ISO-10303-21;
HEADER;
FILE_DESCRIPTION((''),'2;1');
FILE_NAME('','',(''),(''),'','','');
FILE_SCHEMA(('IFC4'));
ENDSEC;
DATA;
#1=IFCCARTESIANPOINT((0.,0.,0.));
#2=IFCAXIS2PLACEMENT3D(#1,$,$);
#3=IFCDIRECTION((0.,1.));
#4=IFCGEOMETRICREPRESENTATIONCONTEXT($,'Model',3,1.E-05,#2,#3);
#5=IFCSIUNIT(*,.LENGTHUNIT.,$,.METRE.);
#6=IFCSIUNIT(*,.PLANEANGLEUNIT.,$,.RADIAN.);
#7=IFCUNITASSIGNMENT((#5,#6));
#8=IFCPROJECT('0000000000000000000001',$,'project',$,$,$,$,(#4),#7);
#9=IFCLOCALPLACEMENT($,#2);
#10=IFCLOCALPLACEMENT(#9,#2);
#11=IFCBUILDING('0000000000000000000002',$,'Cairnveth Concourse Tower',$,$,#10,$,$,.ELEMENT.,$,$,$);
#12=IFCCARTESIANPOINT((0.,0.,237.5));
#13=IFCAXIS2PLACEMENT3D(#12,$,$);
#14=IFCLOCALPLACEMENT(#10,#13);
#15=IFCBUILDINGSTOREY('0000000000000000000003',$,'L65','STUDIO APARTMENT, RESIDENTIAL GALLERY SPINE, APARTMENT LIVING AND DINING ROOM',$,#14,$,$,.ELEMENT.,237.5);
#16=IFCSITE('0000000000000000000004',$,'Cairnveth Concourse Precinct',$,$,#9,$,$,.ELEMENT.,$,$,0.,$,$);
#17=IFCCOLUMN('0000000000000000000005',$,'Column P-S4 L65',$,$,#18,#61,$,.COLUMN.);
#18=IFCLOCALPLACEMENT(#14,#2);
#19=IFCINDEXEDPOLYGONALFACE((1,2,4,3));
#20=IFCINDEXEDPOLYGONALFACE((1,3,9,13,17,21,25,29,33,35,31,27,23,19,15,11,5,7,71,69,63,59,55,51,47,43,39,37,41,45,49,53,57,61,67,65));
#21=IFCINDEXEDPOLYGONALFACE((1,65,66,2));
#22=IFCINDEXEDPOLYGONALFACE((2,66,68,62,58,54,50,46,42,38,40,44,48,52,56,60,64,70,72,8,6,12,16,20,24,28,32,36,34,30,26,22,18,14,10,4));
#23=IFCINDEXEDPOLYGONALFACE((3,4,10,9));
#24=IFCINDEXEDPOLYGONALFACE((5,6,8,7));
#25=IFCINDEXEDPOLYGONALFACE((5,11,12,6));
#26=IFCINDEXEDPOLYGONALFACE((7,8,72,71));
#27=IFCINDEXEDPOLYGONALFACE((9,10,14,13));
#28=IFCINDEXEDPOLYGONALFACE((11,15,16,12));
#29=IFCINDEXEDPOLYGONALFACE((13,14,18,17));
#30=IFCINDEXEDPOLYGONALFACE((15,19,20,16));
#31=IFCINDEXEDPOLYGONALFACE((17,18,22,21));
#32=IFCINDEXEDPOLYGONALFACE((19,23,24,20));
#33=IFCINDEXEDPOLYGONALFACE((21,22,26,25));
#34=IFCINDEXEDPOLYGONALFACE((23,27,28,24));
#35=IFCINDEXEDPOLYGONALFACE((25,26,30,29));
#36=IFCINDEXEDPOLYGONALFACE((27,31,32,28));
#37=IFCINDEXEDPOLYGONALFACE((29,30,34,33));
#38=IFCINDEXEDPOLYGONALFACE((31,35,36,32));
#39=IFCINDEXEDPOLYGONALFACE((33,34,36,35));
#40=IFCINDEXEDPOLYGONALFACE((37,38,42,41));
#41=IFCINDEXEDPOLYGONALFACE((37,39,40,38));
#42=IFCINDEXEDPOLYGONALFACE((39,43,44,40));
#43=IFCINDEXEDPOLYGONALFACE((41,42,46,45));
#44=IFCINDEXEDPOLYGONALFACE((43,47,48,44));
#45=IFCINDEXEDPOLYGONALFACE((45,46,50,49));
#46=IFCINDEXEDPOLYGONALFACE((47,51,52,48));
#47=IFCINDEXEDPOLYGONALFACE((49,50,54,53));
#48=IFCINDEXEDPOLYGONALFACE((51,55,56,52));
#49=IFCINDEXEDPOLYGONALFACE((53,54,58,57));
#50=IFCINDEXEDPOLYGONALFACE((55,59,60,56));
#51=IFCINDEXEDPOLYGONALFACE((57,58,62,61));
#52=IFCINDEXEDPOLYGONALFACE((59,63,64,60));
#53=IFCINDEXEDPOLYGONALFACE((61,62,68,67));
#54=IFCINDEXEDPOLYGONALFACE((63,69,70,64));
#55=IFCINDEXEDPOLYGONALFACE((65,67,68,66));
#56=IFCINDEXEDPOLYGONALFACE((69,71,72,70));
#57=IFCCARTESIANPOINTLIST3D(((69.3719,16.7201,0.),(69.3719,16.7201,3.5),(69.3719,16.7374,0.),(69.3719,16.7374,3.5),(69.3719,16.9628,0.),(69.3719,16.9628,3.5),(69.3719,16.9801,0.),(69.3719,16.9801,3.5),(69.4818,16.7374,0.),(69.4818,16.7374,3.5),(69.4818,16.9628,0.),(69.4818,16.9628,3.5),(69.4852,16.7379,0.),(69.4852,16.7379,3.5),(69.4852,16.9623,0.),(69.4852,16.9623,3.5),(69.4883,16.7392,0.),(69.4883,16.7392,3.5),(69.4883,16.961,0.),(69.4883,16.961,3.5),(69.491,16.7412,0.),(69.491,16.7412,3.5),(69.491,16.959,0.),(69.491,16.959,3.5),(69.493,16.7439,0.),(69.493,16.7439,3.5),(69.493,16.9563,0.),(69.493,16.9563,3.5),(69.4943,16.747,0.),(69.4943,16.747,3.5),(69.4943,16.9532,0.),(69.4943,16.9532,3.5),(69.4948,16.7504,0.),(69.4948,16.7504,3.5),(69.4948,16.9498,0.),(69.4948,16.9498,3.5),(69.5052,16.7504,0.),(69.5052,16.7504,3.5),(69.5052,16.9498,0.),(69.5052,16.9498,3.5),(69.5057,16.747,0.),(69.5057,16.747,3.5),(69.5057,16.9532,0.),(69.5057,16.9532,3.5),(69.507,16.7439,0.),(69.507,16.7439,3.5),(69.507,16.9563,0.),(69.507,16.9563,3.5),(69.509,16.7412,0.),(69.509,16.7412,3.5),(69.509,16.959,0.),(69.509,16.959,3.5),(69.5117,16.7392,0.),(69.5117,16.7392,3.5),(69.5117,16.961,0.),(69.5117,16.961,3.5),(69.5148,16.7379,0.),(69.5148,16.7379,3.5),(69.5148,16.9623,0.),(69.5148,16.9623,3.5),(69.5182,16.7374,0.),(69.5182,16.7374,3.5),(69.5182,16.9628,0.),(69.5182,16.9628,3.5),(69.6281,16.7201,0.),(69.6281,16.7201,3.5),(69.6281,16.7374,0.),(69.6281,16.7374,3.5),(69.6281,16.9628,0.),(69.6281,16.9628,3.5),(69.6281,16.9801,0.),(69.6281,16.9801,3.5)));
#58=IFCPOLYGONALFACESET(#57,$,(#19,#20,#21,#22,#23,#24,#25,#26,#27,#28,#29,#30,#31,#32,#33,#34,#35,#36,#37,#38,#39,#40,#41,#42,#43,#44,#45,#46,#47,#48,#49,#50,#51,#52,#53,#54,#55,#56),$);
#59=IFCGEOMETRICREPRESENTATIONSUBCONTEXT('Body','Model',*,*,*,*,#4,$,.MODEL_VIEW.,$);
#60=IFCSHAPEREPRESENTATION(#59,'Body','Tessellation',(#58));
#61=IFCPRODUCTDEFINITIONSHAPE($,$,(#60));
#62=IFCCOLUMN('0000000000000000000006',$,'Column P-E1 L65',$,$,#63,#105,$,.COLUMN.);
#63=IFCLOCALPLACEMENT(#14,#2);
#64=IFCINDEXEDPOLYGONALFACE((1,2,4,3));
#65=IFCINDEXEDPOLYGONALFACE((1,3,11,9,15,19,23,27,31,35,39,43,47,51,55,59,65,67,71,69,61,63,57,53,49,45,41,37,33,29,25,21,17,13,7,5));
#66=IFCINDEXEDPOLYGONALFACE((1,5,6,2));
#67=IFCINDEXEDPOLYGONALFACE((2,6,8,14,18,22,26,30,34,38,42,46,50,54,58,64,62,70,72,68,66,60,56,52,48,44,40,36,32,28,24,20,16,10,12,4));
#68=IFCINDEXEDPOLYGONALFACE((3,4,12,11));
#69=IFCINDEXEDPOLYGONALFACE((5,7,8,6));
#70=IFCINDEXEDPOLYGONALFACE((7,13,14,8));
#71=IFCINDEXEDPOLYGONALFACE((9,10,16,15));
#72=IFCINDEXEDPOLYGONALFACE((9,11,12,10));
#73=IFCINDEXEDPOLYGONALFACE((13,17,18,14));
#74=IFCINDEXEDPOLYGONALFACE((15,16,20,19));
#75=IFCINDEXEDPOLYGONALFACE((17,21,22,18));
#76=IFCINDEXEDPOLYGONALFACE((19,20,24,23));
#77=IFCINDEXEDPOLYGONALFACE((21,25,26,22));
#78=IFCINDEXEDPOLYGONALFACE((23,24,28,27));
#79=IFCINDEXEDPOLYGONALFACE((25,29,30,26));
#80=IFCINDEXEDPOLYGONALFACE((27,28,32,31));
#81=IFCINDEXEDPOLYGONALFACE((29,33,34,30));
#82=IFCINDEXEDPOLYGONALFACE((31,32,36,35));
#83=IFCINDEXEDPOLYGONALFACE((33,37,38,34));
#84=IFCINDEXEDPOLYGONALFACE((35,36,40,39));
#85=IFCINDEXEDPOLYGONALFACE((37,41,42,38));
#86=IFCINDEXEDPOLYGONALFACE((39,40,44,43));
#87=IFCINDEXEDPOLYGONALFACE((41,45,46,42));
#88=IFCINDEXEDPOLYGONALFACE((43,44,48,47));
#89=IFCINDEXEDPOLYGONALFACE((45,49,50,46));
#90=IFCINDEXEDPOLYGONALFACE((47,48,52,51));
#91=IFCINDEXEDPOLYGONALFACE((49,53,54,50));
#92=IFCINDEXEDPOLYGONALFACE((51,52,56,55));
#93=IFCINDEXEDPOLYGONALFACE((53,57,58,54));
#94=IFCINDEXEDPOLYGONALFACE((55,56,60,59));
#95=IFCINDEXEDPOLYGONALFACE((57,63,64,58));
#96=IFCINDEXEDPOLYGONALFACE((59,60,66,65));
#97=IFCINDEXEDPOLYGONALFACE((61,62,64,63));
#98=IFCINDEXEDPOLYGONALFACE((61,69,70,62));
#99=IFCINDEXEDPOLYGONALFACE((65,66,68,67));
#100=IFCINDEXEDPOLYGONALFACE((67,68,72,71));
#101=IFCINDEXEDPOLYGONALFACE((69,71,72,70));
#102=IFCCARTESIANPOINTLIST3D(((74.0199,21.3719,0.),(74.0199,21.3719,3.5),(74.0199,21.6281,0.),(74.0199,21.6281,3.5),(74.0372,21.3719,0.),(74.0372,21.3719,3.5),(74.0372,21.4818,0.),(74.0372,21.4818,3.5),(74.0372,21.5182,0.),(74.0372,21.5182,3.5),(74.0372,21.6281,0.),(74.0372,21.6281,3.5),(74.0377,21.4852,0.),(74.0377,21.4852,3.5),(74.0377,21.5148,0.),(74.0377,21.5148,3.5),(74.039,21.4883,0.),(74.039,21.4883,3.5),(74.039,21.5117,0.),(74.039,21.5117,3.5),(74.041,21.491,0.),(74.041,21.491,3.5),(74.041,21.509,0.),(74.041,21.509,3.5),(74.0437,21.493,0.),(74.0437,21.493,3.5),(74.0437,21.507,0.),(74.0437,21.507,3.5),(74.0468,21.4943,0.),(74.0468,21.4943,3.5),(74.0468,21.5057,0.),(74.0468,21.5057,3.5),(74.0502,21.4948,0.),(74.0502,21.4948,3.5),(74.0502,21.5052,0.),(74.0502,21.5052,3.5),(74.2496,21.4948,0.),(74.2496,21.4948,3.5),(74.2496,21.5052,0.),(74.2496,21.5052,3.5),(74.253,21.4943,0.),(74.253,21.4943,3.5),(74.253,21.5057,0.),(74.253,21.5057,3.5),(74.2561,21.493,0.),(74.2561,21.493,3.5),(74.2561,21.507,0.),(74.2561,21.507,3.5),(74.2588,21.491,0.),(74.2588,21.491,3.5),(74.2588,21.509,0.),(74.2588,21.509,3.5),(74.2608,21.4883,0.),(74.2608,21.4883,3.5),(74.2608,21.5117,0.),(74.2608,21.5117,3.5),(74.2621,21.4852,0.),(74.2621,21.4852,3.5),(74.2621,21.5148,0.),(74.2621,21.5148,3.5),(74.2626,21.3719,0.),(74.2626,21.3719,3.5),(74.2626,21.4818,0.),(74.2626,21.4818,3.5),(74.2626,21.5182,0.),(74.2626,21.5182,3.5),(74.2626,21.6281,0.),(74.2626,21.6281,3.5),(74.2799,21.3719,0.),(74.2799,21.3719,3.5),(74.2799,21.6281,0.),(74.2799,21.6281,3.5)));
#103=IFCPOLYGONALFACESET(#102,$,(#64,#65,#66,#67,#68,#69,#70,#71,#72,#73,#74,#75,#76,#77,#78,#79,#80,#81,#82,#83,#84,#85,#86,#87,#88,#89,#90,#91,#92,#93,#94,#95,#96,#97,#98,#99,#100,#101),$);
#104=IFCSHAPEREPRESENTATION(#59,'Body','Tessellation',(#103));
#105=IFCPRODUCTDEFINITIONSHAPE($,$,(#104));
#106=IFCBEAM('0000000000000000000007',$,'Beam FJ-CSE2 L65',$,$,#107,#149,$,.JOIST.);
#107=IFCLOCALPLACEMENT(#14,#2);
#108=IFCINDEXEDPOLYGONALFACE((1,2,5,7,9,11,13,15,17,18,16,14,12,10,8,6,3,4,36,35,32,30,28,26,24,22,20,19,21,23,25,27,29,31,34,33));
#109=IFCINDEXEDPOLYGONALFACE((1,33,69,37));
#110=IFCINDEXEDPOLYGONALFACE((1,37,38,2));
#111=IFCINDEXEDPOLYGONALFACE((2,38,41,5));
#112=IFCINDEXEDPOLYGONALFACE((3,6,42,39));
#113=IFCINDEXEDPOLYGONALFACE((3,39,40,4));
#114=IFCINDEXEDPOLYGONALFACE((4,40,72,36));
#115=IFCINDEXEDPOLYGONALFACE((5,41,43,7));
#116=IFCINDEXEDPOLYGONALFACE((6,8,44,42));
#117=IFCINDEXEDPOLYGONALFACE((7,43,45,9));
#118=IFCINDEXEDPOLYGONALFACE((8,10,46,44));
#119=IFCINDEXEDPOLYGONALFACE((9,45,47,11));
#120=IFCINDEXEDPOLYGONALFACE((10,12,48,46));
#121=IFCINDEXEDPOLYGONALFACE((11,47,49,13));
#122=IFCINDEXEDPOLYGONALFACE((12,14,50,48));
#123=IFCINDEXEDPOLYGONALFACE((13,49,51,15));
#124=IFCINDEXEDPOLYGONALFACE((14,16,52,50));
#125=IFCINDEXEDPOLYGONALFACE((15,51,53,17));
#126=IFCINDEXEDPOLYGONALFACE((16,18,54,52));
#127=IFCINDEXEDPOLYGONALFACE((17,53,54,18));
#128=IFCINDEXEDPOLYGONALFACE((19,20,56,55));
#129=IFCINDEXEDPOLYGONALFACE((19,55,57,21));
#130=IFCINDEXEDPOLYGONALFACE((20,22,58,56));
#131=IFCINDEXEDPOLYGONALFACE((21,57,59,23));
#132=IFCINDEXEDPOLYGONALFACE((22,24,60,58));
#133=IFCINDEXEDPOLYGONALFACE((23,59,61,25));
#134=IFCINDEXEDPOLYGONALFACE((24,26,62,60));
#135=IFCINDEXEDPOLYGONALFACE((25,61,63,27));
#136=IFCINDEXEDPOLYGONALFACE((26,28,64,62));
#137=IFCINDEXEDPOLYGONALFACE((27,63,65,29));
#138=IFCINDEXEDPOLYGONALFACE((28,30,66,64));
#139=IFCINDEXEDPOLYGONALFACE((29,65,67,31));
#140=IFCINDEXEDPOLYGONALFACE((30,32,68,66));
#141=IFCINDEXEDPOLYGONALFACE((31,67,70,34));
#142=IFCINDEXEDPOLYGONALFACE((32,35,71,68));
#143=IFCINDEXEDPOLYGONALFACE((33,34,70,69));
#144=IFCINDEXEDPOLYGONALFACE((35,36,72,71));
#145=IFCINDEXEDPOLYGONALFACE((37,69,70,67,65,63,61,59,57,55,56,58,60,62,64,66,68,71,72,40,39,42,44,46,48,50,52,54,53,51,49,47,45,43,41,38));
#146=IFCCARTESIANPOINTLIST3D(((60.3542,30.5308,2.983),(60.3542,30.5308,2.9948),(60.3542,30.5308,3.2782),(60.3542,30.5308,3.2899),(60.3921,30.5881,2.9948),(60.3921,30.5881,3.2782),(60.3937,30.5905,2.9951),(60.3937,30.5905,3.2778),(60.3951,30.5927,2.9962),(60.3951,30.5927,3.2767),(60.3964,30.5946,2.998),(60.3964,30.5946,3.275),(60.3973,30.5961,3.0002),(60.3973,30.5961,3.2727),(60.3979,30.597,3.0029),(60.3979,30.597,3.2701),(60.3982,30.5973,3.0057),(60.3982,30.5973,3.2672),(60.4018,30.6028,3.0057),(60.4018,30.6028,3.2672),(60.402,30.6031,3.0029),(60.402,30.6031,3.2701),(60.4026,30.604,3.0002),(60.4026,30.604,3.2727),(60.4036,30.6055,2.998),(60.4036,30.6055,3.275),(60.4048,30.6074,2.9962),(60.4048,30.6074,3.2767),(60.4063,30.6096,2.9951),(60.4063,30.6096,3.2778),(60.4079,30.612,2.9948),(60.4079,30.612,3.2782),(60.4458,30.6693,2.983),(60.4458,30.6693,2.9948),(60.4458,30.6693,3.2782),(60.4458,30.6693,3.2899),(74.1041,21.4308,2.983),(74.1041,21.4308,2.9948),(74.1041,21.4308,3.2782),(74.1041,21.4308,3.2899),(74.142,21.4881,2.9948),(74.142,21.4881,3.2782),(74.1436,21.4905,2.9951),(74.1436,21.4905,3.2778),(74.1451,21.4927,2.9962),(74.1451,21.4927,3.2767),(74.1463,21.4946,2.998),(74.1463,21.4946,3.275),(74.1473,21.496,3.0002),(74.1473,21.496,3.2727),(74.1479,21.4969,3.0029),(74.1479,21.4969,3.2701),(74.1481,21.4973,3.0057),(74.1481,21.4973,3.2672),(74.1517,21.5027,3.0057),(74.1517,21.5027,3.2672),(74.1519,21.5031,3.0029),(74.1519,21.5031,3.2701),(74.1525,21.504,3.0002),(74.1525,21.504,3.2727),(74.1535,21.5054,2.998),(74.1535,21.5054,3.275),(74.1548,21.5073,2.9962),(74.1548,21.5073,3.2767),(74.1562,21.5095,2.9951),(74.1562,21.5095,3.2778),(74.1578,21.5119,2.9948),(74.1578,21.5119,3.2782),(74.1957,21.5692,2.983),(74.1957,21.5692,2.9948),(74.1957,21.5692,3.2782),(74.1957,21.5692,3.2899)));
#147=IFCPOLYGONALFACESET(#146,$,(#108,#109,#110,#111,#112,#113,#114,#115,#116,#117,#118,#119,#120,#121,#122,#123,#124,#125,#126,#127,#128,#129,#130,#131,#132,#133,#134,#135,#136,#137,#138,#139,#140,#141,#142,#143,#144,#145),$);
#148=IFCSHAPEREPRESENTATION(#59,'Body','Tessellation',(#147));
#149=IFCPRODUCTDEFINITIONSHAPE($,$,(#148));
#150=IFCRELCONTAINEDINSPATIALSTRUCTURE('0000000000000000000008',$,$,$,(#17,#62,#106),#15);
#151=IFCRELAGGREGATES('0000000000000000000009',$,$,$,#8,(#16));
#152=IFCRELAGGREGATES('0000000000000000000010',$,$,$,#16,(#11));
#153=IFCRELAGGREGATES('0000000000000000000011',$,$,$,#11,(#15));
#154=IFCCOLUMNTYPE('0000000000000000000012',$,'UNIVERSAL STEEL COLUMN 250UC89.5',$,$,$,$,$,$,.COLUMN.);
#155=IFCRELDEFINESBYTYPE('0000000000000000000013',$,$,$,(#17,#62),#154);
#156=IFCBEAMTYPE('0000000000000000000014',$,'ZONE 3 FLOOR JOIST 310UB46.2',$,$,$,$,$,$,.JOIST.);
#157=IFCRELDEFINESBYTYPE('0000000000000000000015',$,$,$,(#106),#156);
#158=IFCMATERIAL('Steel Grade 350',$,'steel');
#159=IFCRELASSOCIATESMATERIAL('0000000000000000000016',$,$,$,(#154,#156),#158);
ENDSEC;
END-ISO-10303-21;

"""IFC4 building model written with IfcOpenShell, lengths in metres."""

from ifc_helpers import new_model, si_unit, direction, frame, origin, origin_2d, place, context, subcontext, project, spatial, i_section, extrude, material, material_profile, profile_set, type_object, element, save


model = new_model("IFC4")

# Units and contexts
model_context = context("Model", 3, precision=1e-05, world=origin(), true_north=direction((0.0, 1.0)))
body_context = subcontext(model_context, "Body", "Model", "MODEL_VIEW")
ifc_project = project(units=[si_unit("LENGTHUNIT", "METRE"), si_unit("PLANEANGLEUNIT", "RADIAN")], contexts=[model_context])

# Site, building, storey
site_placement = place(None, origin())
site = spatial("IfcSite", under=ifc_project, at=site_placement, Name="Cairnveth Concourse Precinct", CompositionType="ELEMENT", RefElevation=0.0)
building_placement = place(site_placement, origin())
building = spatial("IfcBuilding", under=site, at=building_placement, Name="Cairnveth Concourse Tower", CompositionType="ELEMENT")
storey_placement = place(building_placement, frame((0.0, 0.0, 237.5)))
storey = spatial("IfcBuildingStorey", under=building, at=storey_placement, Name="L65", Description="STUDIO APARTMENT, RESIDENTIAL GALLERY SPINE, APARTMENT LIVING AND DINING ROOM", CompositionType="ELEMENT", Elevation=237.5)

# Columns
ifc_material_1 = material(Name="Steel Grade 350", Category="steel")
ifc_material_profile_1 = material_profile(ifc_material_1, i_section(OverallWidth=0.2561, OverallDepth=0.26, WebThickness=0.0105, FlangeThickness=0.0173, FilletRadius=0.0129, at=origin_2d()), Name="250UC89.5")
ifc_profile_set_1 = profile_set([ifc_material_profile_1], Name="Steel Grade 350")
column_type = type_object("IfcColumnType", Name="UNIVERSAL STEEL COLUMN 250UC89.5", PredefinedType="COLUMN", material=ifc_profile_set_1)
for number, where, z_axis, x_axis, name in (
    (1, (69.5, 16.8501, 0.0), (0.0, 0.0, 1.0), (1.0, 0.0, 0.0), "Column P-S4 L65"),
    (2, (74.1499, 21.5, 0.0), (0.0, 0.0, 1.0), (0.0, 1.0, 0.0), "Column P-E1 L65"),
):
    element("IfcColumn", number, at=place(storey_placement, frame(where, z_axis=z_axis, x_axis=x_axis)), inside=storey, type_object=column_type, Name=name, PredefinedType="COLUMN", context=body_context, shape_type="SweptSolid", body=[
        extrude(i_section(OverallWidth=0.2561, OverallDepth=0.26, WebThickness=0.0105, FlangeThickness=0.0173, FilletRadius=0.0129, at=origin_2d()), origin(), (0.0, 0.0, 1.0), 3.5),
    ])

# Beam
ifc_material_profile_2 = material_profile(ifc_material_1, i_section(OverallWidth=0.166, OverallDepth=0.3069, WebThickness=0.0066, FlangeThickness=0.0117, FilletRadius=0.011, at=origin_2d()), Name="310UB46.2")
ifc_profile_set_2 = profile_set([ifc_material_profile_2], Name="Steel Grade 350")
beam_type_1 = type_object("IfcBeamType", Name="ZONE 3 FLOOR JOIST 310UB46.2", PredefinedType="JOIST", material=ifc_profile_set_2)
beam_1_placement = place(storey_placement, frame((74.1499, 21.5, 3.1365), z_axis=(-0.833909, 0.551902, 0.0), x_axis=(-0.551902, -0.833909, 0.0)))
element("IfcBeam", 3, at=beam_1_placement, inside=storey, type_object=beam_type_1, Name="Beam FJ-CSE2 L65", PredefinedType="JOIST", context=body_context, shape_type="SweptSolid", body=[
    extrude(i_section(OverallWidth=0.166, OverallDepth=0.3069, WebThickness=0.0066, FlangeThickness=0.0117, FilletRadius=0.011, at=origin_2d()), origin(), (0.0, 0.0, 1.0), 16.4885),
])

save(model, "model.ifc")
